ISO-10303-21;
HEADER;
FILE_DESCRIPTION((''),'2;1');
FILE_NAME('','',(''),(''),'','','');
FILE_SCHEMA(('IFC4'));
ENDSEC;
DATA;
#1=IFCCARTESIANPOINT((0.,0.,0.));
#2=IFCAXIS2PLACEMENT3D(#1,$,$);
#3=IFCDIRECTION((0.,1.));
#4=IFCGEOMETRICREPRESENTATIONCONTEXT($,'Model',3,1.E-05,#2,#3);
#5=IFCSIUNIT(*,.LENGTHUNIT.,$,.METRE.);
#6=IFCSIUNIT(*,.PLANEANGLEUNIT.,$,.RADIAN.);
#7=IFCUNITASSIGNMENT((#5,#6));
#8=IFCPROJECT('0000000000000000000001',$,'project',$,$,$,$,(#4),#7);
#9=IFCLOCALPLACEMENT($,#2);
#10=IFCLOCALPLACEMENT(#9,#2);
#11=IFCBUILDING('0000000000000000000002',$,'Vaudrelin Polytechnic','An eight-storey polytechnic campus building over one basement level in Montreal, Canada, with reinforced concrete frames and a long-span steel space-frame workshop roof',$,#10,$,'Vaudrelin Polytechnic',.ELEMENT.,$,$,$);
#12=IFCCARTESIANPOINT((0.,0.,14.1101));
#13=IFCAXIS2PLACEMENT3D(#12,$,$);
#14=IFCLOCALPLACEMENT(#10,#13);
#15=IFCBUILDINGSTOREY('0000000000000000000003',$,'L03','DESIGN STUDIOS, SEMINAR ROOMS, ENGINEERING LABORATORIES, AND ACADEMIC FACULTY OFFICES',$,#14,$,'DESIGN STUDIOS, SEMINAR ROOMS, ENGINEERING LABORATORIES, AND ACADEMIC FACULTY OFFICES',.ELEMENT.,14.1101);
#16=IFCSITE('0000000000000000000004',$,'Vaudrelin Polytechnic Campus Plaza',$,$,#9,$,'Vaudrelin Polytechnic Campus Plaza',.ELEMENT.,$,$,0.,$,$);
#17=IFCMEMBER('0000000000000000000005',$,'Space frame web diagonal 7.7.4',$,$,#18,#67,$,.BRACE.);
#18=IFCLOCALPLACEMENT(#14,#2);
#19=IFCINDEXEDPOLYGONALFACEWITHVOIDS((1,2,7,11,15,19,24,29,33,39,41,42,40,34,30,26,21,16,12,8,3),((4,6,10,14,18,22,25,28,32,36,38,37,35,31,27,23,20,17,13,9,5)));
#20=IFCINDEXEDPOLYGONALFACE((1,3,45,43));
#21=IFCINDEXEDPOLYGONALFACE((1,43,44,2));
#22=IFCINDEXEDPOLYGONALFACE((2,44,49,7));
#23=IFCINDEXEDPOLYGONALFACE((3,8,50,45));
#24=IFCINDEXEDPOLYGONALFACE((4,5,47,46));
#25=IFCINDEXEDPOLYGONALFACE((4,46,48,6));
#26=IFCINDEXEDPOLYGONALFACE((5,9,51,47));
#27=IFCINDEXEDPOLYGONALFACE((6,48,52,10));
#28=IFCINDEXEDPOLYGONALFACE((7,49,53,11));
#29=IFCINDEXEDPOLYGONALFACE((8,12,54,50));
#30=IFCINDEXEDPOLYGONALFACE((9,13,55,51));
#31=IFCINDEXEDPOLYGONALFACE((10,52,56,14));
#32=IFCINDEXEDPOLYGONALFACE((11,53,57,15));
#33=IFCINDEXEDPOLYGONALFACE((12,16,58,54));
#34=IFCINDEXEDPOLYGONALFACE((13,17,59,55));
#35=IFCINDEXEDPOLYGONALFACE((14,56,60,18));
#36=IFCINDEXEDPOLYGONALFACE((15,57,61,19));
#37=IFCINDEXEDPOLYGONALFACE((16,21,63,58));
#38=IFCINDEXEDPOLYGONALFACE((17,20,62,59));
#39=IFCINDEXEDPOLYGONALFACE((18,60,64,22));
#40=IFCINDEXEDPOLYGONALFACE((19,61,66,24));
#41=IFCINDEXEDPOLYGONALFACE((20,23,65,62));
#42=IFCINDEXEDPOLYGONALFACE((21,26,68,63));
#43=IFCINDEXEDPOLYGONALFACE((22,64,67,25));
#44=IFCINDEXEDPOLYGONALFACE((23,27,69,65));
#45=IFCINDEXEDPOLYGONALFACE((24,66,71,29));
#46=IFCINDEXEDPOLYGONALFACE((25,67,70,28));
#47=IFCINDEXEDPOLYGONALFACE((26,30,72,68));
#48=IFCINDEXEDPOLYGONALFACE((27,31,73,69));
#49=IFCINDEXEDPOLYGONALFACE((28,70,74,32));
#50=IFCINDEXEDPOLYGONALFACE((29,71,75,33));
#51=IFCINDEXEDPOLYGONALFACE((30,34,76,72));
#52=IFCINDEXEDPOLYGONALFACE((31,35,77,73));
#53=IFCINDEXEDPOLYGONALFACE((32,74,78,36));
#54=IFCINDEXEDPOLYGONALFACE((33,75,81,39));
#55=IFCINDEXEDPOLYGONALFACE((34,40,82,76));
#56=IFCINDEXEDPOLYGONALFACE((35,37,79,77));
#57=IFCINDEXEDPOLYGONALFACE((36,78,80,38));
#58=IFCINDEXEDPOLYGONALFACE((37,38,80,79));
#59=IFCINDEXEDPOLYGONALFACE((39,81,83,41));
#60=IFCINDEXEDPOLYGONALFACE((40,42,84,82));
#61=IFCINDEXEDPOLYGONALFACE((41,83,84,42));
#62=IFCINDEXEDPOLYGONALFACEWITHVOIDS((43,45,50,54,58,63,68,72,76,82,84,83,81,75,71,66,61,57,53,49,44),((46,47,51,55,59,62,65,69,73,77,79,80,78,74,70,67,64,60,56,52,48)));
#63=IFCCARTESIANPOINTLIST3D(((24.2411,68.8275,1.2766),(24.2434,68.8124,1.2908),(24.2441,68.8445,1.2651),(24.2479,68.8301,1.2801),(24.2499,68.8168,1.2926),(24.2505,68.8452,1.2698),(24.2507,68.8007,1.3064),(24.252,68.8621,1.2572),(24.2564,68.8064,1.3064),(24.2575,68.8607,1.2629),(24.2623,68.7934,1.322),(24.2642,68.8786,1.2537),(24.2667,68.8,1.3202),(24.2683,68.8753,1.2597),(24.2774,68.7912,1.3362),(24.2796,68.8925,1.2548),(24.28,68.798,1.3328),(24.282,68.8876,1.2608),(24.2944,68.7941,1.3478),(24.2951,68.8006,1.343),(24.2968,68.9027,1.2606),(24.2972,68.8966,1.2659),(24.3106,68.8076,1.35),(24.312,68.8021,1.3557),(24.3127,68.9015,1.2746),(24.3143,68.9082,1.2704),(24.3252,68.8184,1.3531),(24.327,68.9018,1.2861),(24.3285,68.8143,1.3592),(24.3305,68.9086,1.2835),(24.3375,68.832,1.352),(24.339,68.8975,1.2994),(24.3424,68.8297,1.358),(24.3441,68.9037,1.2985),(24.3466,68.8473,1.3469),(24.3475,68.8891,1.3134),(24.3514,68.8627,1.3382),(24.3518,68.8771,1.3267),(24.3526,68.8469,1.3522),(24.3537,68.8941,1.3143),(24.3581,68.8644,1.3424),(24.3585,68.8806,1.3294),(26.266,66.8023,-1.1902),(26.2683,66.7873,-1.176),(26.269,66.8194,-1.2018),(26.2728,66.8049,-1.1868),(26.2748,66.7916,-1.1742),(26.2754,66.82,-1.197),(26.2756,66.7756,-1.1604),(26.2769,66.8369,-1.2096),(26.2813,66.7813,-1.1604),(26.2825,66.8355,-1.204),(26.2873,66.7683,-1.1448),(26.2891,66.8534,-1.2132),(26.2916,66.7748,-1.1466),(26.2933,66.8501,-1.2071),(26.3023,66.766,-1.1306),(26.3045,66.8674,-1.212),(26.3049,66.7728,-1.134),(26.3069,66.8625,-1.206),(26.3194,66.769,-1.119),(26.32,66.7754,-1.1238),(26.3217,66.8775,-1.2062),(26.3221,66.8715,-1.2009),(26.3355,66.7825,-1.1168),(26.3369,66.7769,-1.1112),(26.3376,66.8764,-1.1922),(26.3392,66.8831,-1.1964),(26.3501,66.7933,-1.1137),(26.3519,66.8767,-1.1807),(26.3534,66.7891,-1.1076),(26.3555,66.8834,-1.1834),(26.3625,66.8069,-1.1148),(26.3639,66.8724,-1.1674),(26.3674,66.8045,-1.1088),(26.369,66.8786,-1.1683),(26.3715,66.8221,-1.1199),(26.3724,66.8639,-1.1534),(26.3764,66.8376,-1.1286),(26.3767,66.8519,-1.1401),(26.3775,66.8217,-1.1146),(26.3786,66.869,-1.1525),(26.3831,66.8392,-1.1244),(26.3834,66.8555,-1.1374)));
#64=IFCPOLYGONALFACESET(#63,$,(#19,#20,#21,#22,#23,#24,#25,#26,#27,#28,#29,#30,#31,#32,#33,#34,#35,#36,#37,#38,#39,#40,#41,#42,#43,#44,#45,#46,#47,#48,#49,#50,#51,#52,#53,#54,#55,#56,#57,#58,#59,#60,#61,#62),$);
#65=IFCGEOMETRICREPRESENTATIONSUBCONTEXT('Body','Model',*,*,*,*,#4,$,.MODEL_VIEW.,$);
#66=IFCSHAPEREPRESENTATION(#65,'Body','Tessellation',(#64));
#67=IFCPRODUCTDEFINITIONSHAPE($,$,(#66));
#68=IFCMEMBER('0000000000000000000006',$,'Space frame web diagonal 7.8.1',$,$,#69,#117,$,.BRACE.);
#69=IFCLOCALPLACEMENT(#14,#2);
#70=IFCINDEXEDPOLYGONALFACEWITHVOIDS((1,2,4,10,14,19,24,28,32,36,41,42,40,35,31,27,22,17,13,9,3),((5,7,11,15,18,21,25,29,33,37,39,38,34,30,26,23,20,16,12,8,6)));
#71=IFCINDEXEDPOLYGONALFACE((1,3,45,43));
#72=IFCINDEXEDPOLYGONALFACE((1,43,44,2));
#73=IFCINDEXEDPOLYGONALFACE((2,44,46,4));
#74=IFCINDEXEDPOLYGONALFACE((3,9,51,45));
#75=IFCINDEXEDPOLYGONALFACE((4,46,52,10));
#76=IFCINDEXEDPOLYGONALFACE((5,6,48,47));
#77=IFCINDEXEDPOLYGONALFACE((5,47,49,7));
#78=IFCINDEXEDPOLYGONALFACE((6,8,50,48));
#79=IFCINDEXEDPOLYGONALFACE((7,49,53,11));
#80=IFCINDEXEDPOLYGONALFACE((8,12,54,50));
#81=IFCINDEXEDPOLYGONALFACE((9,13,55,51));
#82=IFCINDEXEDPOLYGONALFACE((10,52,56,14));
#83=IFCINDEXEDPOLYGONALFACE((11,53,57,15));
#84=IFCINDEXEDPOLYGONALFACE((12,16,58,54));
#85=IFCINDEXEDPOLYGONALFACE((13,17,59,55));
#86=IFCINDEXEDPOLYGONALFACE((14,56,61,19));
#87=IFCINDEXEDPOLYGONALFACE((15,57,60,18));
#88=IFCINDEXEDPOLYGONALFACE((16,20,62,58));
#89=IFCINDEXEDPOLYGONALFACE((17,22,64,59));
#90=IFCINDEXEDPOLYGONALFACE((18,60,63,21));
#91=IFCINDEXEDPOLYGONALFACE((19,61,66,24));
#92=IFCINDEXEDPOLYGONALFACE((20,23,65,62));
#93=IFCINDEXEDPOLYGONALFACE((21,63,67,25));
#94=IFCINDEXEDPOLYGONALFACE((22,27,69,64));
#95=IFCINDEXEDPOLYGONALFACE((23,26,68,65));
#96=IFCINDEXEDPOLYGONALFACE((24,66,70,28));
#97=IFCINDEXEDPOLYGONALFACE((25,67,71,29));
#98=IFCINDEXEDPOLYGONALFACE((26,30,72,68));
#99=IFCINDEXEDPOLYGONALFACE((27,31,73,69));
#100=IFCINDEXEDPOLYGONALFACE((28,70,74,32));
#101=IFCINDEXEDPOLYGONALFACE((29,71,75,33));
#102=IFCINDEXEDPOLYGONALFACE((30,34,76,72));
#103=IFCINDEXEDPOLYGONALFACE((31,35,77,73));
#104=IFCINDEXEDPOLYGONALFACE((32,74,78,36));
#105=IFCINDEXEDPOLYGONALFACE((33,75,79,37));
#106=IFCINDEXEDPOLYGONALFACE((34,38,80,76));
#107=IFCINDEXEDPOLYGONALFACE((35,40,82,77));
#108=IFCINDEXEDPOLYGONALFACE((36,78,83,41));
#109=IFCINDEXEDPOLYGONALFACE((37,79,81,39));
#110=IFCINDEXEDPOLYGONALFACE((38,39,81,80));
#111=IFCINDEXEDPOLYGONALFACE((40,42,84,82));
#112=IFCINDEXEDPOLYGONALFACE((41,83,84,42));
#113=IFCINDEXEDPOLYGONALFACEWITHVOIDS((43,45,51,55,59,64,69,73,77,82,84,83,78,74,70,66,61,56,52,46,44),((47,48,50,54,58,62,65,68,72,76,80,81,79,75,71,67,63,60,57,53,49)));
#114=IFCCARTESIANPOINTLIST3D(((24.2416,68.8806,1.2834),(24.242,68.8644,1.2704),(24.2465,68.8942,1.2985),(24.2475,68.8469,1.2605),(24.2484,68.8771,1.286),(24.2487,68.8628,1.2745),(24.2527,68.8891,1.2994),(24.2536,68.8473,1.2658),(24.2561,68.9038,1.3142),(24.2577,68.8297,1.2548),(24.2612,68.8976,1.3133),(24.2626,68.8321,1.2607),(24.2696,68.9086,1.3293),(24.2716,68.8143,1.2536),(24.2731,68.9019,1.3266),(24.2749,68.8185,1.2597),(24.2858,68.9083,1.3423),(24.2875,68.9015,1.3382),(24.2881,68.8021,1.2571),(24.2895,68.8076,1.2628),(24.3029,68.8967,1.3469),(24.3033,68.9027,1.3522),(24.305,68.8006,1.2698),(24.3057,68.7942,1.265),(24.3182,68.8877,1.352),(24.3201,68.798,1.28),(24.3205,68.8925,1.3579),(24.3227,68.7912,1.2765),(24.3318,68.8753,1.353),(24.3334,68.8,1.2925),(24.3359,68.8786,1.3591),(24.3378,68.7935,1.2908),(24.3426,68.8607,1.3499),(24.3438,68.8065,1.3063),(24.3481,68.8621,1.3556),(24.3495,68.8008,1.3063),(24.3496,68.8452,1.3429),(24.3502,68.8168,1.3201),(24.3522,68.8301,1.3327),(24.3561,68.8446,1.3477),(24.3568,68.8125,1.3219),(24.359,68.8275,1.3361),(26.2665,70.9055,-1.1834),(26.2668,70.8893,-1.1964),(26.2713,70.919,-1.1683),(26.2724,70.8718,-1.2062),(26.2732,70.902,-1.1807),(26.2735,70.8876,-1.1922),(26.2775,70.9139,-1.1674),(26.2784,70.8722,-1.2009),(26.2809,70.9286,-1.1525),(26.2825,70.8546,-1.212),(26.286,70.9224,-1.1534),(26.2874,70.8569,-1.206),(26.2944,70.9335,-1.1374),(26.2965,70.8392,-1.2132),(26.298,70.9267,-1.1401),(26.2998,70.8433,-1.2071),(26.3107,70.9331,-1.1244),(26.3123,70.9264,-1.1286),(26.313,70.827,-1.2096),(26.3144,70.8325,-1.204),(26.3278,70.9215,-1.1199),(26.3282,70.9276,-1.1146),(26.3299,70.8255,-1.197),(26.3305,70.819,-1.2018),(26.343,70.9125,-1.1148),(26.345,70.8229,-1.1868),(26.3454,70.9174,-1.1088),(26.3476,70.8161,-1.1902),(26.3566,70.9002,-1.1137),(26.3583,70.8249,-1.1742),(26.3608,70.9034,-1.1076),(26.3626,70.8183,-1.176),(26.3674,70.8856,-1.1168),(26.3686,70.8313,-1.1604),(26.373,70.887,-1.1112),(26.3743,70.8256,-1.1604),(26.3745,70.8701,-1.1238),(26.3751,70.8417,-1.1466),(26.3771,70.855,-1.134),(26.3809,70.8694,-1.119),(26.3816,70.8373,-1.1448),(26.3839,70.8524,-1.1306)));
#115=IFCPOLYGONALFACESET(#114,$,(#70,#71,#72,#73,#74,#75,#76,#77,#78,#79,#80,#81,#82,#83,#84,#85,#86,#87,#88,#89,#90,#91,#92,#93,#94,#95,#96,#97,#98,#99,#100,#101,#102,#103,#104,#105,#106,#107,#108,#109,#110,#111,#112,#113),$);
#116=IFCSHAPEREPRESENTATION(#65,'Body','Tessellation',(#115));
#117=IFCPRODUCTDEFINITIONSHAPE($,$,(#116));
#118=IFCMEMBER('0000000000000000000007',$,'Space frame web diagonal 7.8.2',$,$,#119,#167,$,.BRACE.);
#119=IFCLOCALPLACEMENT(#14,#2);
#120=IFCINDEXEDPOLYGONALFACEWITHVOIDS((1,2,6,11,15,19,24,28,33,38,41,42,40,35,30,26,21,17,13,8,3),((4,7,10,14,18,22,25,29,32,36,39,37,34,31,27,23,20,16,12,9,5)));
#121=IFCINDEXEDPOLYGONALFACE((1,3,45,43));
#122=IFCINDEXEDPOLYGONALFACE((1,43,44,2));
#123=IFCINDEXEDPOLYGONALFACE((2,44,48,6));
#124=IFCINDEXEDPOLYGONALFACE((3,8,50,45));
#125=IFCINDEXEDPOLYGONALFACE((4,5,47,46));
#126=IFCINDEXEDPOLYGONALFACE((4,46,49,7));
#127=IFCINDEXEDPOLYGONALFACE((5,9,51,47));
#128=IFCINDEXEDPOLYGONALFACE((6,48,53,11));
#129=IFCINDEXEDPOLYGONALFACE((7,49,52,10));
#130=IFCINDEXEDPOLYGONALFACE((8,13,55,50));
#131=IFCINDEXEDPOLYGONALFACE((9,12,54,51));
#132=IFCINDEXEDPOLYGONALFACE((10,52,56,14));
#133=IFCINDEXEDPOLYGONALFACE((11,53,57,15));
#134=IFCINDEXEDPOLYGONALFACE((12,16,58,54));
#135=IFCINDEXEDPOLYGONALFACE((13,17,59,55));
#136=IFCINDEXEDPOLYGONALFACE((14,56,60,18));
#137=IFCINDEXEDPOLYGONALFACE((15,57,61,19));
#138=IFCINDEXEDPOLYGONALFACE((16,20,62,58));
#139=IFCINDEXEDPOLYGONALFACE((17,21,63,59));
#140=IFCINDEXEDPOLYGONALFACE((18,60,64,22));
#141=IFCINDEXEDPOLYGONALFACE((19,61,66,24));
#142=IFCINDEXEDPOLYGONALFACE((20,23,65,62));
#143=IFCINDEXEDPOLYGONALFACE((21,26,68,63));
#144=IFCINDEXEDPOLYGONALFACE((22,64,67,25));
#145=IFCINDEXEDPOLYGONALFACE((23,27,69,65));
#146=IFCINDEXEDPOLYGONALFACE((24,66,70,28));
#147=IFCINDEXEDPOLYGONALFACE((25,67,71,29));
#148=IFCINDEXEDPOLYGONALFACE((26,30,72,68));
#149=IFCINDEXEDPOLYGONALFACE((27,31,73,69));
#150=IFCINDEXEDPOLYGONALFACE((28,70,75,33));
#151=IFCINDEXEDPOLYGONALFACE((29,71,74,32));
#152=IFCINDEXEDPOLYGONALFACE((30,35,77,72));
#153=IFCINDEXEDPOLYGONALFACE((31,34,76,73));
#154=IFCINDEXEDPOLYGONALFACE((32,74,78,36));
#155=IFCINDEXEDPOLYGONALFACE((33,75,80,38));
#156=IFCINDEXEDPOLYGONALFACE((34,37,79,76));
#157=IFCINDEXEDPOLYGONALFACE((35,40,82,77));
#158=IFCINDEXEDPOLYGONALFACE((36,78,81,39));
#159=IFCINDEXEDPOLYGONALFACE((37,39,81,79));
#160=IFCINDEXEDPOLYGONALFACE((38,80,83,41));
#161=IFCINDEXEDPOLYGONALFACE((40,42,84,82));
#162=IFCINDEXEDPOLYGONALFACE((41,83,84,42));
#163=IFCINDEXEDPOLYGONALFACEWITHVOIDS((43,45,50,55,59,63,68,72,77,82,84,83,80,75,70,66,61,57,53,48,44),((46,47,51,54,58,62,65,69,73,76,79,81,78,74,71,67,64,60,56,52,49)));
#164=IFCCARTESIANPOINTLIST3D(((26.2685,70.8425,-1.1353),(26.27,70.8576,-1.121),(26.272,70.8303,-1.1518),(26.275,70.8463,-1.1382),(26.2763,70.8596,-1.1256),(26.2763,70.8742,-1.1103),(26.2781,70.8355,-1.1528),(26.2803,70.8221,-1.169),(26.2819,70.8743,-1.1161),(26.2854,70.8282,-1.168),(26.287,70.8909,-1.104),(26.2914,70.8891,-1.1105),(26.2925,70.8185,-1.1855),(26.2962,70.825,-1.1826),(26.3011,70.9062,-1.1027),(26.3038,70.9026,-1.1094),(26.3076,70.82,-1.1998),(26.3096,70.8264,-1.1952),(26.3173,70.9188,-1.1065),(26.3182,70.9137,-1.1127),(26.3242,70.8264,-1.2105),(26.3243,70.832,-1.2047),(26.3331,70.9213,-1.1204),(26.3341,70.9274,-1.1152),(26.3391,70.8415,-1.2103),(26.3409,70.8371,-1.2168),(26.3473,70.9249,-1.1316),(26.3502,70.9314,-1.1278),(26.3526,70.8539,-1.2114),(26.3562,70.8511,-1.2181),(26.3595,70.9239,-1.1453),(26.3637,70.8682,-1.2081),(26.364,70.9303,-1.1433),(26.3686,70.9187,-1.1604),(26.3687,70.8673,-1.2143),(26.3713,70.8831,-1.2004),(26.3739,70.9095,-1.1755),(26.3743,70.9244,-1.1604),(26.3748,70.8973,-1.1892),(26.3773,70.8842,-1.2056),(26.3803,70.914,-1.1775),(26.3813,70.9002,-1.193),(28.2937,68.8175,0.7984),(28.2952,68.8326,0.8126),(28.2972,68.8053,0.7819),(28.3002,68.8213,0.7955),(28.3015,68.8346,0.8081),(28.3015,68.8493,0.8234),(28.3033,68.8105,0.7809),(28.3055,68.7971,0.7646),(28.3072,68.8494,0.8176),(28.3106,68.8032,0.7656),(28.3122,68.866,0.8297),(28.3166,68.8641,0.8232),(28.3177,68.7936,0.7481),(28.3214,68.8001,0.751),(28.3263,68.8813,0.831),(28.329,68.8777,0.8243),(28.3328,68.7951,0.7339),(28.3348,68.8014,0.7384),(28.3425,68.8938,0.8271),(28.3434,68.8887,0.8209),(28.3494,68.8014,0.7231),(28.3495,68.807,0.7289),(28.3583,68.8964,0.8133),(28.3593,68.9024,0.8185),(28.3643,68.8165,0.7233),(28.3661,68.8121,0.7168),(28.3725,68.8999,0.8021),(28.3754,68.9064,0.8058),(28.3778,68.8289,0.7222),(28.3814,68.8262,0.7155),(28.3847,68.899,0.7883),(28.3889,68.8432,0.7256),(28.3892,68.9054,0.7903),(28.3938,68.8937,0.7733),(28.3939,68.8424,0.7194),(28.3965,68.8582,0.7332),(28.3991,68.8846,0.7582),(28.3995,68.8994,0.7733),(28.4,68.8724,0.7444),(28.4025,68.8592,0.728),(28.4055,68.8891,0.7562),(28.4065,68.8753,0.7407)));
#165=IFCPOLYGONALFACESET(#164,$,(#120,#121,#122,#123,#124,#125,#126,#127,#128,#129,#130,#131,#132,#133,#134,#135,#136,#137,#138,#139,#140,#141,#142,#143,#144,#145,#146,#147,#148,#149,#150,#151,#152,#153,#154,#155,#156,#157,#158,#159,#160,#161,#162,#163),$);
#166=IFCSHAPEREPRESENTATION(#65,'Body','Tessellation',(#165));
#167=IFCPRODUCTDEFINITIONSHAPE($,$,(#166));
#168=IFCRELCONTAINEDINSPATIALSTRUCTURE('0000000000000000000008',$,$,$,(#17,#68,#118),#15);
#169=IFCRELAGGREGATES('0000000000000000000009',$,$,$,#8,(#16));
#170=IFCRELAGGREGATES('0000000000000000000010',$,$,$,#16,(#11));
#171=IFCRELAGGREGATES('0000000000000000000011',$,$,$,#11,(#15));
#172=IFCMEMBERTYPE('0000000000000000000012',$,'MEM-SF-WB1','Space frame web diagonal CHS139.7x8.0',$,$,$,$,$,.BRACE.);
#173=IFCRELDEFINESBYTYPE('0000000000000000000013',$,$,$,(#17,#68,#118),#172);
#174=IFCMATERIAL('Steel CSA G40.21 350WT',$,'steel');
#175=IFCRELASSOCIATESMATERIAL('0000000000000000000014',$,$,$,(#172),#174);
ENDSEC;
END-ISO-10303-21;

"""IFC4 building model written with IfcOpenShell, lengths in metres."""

from ifc_helpers import new_model, si_unit, direction, frame, origin, origin_2d, place, context, subcontext, project, spatial, hollow_circle, extrude, material, material_profile, profile_set, type_object, element, save


model = new_model("IFC4")

# Units and contexts
model_context = context("Model", 3, precision=1e-05, world=origin(), true_north=direction((0.0, 1.0)))
body_context = subcontext(model_context, "Body", "Model", "MODEL_VIEW")
ifc_project = project(units=[si_unit("LENGTHUNIT", "METRE"), si_unit("PLANEANGLEUNIT", "RADIAN")], contexts=[model_context])

# Site, building, storey
site_placement = place(None, origin())
site = spatial("IfcSite", under=ifc_project, at=site_placement, Name="Vaudrelin Polytechnic Campus Plaza", LongName="Vaudrelin Polytechnic Campus Plaza", CompositionType="ELEMENT", RefElevation=0.0)
building_placement = place(site_placement, origin())
building = spatial("IfcBuilding", under=site, at=building_placement, Name="Vaudrelin Polytechnic", Description="An eight-storey polytechnic campus building over one basement level in Montreal, Canada, with reinforced concrete frames and a long-span steel space-frame workshop roof", LongName="Vaudrelin Polytechnic", CompositionType="ELEMENT")
storey_placement = place(building_placement, frame((0.0, 0.0, 14.1101)))
storey = spatial("IfcBuildingStorey", under=building, at=storey_placement, Name="L03", Description="DESIGN STUDIOS, SEMINAR ROOMS, ENGINEERING LABORATORIES, AND ACADEMIC FACULTY OFFICES", LongName="DESIGN STUDIOS, SEMINAR ROOMS, ENGINEERING LABORATORIES, AND ACADEMIC FACULTY OFFICES", CompositionType="ELEMENT", Elevation=14.1101)

# Members
ifc_material_1 = material(Name="Steel CSA G40.21 350WT", Category="steel")
ifc_material_profile_1 = material_profile(ifc_material_1, hollow_circle(Radius=0.0698, WallThickness=0.0081, at=origin_2d()), Name="CHS139.7x8.0")
ifc_profile_set_1 = profile_set([ifc_material_profile_1], Name="Steel CSA G40.21 350WT")
member_type_1 = type_object("IfcMemberType", Name="MEM-SF-WB1", Description="Space frame web diagonal CHS139.7x8.0", PredefinedType="BRACE", material=ifc_profile_set_1)
member_1_placement = place(storey_placement, frame((26.325, 66.825, -1.1604), z_axis=(-0.535723, 0.535788, 0.652634), x_axis=(-0.707149, -0.707064, 0.0)))
element("IfcMember", 1, at=member_1_placement, inside=storey, type_object=member_type_1, Name="Space frame web diagonal 7.7.4", PredefinedType="BRACE", context=body_context, shape_type="SweptSolid", body=[
    extrude(hollow_circle(Radius=0.0698, WallThickness=0.0081, at=origin_2d()), origin(), (0.0, 0.0, 1.0), 3.7798),
])
member_2_placement = place(storey_placement, frame((26.325, 70.875, -1.1604), z_axis=(-0.535742, -0.535742, 0.652657), x_axis=(0.707107, -0.707107, 0.0)))
element("IfcMember", 2, at=member_2_placement, inside=storey, type_object=member_type_1, Name="Space frame web diagonal 7.8.1", PredefinedType="BRACE", context=body_context, shape_type="SweptSolid", body=[
    extrude(hollow_circle(Radius=0.0698, WallThickness=0.0081, at=origin_2d()), origin(), (0.0, 0.0, 1.0), 3.7795),
])
for number, where, z_axis, x_axis, name in (
    (3, (26.325, 70.875, -1.1604), (0.586071, -0.586, 0.559576), (0.707064, 0.707149, 0.0), "Space frame web diagonal 7.8.2"),
):
    element("IfcMember", number, at=place(storey_placement, frame(where, z_axis=z_axis, x_axis=x_axis)), inside=storey, type_object=member_type_1, Name=name, PredefinedType="BRACE", context=body_context, shape_type="SweptSolid", body=[
        extrude(hollow_circle(Radius=0.0698, WallThickness=0.0081, at=origin_2d()), origin(), (0.0, 0.0, 1.0), 3.4556),
    ])

save(model, "model.ifc")
